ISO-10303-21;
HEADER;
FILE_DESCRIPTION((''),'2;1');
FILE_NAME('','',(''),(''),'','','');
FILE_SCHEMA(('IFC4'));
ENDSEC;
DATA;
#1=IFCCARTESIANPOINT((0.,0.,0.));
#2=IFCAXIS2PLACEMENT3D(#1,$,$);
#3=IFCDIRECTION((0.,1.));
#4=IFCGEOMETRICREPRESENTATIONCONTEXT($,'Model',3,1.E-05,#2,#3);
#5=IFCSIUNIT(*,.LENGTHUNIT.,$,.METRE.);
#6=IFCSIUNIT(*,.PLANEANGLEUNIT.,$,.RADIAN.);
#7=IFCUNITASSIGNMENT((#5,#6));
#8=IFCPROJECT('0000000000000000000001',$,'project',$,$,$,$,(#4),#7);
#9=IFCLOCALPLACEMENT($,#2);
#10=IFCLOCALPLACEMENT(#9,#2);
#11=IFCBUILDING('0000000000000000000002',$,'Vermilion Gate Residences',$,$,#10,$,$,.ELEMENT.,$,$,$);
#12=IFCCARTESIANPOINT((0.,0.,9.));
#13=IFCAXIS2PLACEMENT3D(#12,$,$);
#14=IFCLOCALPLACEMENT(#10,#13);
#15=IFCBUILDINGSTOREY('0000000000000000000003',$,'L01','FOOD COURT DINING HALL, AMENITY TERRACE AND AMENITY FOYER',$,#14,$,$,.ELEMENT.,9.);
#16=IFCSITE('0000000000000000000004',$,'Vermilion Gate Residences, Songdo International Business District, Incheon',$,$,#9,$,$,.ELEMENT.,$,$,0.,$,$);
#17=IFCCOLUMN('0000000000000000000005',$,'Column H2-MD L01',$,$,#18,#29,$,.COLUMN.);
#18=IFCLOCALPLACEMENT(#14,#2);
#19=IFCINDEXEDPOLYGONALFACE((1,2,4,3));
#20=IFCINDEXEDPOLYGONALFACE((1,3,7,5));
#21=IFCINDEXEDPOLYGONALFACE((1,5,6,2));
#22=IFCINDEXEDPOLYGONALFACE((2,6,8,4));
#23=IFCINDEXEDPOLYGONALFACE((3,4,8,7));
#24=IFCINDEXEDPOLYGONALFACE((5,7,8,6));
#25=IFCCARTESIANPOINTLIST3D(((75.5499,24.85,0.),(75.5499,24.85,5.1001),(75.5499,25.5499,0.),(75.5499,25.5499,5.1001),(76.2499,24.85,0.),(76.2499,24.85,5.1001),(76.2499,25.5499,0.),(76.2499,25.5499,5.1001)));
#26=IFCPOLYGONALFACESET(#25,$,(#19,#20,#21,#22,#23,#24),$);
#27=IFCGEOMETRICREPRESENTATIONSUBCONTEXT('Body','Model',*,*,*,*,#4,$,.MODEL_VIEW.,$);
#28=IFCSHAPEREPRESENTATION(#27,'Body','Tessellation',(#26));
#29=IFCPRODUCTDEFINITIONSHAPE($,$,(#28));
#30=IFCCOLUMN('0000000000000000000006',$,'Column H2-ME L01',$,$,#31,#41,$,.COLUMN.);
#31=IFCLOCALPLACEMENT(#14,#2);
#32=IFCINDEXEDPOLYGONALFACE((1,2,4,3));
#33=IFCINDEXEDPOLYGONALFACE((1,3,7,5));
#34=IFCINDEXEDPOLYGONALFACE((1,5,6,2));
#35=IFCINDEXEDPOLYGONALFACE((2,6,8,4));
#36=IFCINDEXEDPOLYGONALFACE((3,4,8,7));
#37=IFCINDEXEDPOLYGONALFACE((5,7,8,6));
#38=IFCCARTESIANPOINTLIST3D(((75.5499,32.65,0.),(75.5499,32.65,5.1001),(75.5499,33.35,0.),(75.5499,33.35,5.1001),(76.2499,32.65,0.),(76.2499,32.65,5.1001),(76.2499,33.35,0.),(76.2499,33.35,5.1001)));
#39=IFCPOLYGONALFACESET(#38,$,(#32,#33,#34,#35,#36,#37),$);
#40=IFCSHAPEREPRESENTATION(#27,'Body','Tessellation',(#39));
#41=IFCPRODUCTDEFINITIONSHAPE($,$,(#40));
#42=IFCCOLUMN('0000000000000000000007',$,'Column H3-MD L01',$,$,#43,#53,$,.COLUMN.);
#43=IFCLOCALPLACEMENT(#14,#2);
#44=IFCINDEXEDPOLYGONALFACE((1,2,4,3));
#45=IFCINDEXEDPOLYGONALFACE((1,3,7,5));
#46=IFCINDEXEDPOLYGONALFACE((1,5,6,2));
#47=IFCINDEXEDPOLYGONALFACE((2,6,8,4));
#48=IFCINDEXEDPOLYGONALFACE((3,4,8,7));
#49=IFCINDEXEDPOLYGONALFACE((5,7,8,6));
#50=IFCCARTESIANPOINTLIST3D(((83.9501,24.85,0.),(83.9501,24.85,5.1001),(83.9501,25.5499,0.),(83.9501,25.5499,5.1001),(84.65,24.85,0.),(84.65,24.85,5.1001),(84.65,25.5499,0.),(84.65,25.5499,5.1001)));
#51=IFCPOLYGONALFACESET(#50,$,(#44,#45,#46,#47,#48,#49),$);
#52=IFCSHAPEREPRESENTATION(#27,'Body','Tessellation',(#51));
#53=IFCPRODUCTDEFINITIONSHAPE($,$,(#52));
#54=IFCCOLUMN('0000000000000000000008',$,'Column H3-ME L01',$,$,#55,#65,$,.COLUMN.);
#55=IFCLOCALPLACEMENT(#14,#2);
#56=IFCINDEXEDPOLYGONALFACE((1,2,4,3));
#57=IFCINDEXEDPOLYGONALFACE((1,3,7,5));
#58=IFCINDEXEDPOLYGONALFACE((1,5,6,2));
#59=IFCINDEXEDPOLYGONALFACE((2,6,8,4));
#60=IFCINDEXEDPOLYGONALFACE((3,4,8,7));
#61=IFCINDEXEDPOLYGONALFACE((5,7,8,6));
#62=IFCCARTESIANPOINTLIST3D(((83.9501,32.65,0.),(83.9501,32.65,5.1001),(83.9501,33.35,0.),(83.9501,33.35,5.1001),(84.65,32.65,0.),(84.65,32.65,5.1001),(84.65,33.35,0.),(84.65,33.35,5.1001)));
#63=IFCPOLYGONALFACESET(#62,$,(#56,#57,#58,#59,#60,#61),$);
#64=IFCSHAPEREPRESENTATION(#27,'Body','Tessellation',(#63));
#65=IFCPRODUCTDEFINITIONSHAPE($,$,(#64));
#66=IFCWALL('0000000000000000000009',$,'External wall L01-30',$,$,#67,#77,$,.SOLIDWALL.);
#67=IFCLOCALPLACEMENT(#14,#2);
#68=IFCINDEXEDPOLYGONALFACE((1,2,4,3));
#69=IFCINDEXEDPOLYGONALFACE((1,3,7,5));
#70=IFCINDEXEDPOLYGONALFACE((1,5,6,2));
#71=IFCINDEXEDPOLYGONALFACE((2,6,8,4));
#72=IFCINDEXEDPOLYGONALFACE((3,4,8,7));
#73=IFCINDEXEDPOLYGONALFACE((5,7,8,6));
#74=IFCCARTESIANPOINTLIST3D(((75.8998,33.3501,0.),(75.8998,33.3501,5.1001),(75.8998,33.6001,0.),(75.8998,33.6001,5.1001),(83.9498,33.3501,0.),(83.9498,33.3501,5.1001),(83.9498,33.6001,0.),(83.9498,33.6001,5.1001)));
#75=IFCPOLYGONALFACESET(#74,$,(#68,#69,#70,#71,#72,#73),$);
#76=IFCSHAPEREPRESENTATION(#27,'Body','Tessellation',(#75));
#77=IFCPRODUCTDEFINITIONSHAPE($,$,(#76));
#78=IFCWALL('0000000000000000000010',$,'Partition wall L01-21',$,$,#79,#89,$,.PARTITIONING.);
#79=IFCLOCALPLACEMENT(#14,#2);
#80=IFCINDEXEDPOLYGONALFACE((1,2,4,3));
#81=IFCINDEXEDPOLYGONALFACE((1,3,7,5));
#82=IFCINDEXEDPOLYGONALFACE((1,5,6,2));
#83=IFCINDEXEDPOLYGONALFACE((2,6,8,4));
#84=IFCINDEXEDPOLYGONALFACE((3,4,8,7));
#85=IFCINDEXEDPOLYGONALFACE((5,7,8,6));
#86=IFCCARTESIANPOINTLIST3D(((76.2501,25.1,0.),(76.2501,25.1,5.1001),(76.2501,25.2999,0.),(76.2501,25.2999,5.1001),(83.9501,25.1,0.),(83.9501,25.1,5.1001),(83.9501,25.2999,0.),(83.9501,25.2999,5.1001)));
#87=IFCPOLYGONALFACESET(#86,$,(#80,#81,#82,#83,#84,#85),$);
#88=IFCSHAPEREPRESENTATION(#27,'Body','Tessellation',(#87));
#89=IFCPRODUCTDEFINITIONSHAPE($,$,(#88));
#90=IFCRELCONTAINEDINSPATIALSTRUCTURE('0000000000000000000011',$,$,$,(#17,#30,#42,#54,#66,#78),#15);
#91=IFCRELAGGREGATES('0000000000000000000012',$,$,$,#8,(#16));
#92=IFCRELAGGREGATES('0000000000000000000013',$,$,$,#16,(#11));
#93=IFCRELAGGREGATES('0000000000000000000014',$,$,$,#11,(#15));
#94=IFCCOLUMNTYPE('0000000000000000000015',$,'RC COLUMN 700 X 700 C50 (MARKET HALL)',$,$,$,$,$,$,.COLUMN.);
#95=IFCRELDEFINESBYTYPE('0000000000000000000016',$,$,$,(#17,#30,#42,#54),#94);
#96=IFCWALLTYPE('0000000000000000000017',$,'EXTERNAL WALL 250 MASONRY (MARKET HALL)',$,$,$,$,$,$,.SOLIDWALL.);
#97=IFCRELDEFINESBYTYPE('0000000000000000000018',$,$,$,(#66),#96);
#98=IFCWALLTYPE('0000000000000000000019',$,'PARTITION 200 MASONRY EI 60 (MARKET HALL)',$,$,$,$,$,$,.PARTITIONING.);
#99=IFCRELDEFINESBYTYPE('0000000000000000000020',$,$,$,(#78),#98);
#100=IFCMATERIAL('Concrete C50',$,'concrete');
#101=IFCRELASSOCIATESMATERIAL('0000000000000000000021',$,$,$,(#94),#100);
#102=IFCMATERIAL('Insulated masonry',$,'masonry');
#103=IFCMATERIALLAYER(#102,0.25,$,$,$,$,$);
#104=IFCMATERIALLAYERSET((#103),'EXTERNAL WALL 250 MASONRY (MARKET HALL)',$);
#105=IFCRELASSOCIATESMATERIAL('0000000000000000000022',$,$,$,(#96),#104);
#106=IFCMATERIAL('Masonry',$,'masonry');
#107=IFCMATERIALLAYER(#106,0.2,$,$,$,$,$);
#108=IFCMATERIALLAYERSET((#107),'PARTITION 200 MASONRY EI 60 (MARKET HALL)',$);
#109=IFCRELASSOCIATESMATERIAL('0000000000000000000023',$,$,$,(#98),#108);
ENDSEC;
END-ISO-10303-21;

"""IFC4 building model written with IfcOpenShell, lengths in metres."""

from ifc_helpers import new_model, si_unit, direction, frame, frame_2d, origin, origin_2d, place, context, subcontext, project, spatial, rectangle, extrude, material, layer, layer_set, material_profile, profile_set, type_object, element, save


model = new_model("IFC4")

# Units and contexts
model_context = context("Model", 3, precision=1e-05, world=origin(), true_north=direction((0.0, 1.0)))
body_context = subcontext(model_context, "Body", "Model", "MODEL_VIEW")
ifc_project = project(units=[si_unit("LENGTHUNIT", "METRE"), si_unit("PLANEANGLEUNIT", "RADIAN")], contexts=[model_context])

# Site, building, storey
site_placement = place(None, origin())
site = spatial("IfcSite", under=ifc_project, at=site_placement, Name="Vermilion Gate Residences, Songdo International Business District, Incheon", CompositionType="ELEMENT", RefElevation=0.0)
building_placement = place(site_placement, origin())
building = spatial("IfcBuilding", under=site, at=building_placement, Name="Vermilion Gate Residences", CompositionType="ELEMENT")
storey_placement = place(building_placement, frame((0.0, 0.0, 9.0)))
storey = spatial("IfcBuildingStorey", under=building, at=storey_placement, Name="L01", Description="FOOD COURT DINING HALL, AMENITY TERRACE AND AMENITY FOYER", CompositionType="ELEMENT", Elevation=9.0)

# Columns
ifc_material_1 = material(Name="Concrete C50", Category="concrete")
ifc_material_profile = material_profile(ifc_material_1, rectangle(XDim=0.7, YDim=0.7, at=origin_2d()), Name="RC COLUMN 700 X 700 C50 (MARKET HALL)")
ifc_profile_set = profile_set([ifc_material_profile], Name="Concrete C50")
column_type = type_object("IfcColumnType", Name="RC COLUMN 700 X 700 C50 (MARKET HALL)", PredefinedType="COLUMN", material=ifc_profile_set)
for number, where, z_axis, x_axis, name in (
    (1, (75.8999, 25.2, 0.0), (0.0, 0.0, 1.0), (1.0, 0.0, 0.0), "Column H2-MD L01"),
    (2, (75.8999, 33.0, 0.0), (0.0, 0.0, 1.0), (1.0, 0.0, 0.0), "Column H2-ME L01"),
    (3, (84.3, 25.2, 0.0), (0.0, 0.0, 1.0), (1.0, 0.0, 0.0), "Column H3-MD L01"),
    (4, (84.3, 33.0, 0.0), (0.0, 0.0, 1.0), (1.0, 0.0, 0.0), "Column H3-ME L01"),
):
    element("IfcColumn", number, at=place(storey_placement, frame(where, z_axis=z_axis, x_axis=x_axis)), inside=storey, type_object=column_type, Name=name, PredefinedType="COLUMN", context=body_context, shape_type="SweptSolid", body=[
        extrude(rectangle(XDim=0.7, YDim=0.7, at=origin_2d()), origin(), (0.0, 0.0, 1.0), 5.1001),
    ])

# Walls
ifc_material_2 = material(Name="Insulated masonry", Category="masonry")
ifc_layer_1 = layer(ifc_material_2, 0.25)
ifc_layer_set_1 = layer_set([ifc_layer_1], Name="EXTERNAL WALL 250 MASONRY (MARKET HALL)")
wall_type_1 = type_object("IfcWallType", Name="EXTERNAL WALL 250 MASONRY (MARKET HALL)", PredefinedType="SOLIDWALL", material=ifc_layer_set_1)
wall_1_placement = place(storey_placement, frame((75.8999, 33.4751, 0.0), z_axis=(0.0, 0.0, 1.0), x_axis=(1.0, 0.0, 0.0)))
element("IfcWall", 5, at=wall_1_placement, inside=storey, type_object=wall_type_1, Name="External wall L01-30", PredefinedType="SOLIDWALL", context=body_context, shape_type="SweptSolid", body=[
    extrude(rectangle(XDim=8.05, YDim=0.25, at=frame_2d((4.0249, 0.0))), origin(), (0.0, 0.0, 1.0), 5.1001),
])
ifc_material_3 = material(Name="Masonry", Category="masonry")
ifc_layer_2 = layer(ifc_material_3, 0.2)
ifc_layer_set_2 = layer_set([ifc_layer_2], Name="PARTITION 200 MASONRY EI 60 (MARKET HALL)")
wall_type_2 = type_object("IfcWallType", Name="PARTITION 200 MASONRY EI 60 (MARKET HALL)", PredefinedType="PARTITIONING", material=ifc_layer_set_2)
wall_2_placement = place(storey_placement, frame((76.25, 25.2, 0.0), z_axis=(0.0, 0.0, 1.0), x_axis=(1.0, 0.0, 0.0)))
element("IfcWall", 6, at=wall_2_placement, inside=storey, type_object=wall_type_2, Name="Partition wall L01-21", PredefinedType="PARTITIONING", context=body_context, shape_type="SweptSolid", body=[
    extrude(rectangle(XDim=7.7, YDim=0.2, at=frame_2d((3.8501, 0.0))), origin(), (0.0, 0.0, 1.0), 5.1001),
])

save(model, "model.ifc")
